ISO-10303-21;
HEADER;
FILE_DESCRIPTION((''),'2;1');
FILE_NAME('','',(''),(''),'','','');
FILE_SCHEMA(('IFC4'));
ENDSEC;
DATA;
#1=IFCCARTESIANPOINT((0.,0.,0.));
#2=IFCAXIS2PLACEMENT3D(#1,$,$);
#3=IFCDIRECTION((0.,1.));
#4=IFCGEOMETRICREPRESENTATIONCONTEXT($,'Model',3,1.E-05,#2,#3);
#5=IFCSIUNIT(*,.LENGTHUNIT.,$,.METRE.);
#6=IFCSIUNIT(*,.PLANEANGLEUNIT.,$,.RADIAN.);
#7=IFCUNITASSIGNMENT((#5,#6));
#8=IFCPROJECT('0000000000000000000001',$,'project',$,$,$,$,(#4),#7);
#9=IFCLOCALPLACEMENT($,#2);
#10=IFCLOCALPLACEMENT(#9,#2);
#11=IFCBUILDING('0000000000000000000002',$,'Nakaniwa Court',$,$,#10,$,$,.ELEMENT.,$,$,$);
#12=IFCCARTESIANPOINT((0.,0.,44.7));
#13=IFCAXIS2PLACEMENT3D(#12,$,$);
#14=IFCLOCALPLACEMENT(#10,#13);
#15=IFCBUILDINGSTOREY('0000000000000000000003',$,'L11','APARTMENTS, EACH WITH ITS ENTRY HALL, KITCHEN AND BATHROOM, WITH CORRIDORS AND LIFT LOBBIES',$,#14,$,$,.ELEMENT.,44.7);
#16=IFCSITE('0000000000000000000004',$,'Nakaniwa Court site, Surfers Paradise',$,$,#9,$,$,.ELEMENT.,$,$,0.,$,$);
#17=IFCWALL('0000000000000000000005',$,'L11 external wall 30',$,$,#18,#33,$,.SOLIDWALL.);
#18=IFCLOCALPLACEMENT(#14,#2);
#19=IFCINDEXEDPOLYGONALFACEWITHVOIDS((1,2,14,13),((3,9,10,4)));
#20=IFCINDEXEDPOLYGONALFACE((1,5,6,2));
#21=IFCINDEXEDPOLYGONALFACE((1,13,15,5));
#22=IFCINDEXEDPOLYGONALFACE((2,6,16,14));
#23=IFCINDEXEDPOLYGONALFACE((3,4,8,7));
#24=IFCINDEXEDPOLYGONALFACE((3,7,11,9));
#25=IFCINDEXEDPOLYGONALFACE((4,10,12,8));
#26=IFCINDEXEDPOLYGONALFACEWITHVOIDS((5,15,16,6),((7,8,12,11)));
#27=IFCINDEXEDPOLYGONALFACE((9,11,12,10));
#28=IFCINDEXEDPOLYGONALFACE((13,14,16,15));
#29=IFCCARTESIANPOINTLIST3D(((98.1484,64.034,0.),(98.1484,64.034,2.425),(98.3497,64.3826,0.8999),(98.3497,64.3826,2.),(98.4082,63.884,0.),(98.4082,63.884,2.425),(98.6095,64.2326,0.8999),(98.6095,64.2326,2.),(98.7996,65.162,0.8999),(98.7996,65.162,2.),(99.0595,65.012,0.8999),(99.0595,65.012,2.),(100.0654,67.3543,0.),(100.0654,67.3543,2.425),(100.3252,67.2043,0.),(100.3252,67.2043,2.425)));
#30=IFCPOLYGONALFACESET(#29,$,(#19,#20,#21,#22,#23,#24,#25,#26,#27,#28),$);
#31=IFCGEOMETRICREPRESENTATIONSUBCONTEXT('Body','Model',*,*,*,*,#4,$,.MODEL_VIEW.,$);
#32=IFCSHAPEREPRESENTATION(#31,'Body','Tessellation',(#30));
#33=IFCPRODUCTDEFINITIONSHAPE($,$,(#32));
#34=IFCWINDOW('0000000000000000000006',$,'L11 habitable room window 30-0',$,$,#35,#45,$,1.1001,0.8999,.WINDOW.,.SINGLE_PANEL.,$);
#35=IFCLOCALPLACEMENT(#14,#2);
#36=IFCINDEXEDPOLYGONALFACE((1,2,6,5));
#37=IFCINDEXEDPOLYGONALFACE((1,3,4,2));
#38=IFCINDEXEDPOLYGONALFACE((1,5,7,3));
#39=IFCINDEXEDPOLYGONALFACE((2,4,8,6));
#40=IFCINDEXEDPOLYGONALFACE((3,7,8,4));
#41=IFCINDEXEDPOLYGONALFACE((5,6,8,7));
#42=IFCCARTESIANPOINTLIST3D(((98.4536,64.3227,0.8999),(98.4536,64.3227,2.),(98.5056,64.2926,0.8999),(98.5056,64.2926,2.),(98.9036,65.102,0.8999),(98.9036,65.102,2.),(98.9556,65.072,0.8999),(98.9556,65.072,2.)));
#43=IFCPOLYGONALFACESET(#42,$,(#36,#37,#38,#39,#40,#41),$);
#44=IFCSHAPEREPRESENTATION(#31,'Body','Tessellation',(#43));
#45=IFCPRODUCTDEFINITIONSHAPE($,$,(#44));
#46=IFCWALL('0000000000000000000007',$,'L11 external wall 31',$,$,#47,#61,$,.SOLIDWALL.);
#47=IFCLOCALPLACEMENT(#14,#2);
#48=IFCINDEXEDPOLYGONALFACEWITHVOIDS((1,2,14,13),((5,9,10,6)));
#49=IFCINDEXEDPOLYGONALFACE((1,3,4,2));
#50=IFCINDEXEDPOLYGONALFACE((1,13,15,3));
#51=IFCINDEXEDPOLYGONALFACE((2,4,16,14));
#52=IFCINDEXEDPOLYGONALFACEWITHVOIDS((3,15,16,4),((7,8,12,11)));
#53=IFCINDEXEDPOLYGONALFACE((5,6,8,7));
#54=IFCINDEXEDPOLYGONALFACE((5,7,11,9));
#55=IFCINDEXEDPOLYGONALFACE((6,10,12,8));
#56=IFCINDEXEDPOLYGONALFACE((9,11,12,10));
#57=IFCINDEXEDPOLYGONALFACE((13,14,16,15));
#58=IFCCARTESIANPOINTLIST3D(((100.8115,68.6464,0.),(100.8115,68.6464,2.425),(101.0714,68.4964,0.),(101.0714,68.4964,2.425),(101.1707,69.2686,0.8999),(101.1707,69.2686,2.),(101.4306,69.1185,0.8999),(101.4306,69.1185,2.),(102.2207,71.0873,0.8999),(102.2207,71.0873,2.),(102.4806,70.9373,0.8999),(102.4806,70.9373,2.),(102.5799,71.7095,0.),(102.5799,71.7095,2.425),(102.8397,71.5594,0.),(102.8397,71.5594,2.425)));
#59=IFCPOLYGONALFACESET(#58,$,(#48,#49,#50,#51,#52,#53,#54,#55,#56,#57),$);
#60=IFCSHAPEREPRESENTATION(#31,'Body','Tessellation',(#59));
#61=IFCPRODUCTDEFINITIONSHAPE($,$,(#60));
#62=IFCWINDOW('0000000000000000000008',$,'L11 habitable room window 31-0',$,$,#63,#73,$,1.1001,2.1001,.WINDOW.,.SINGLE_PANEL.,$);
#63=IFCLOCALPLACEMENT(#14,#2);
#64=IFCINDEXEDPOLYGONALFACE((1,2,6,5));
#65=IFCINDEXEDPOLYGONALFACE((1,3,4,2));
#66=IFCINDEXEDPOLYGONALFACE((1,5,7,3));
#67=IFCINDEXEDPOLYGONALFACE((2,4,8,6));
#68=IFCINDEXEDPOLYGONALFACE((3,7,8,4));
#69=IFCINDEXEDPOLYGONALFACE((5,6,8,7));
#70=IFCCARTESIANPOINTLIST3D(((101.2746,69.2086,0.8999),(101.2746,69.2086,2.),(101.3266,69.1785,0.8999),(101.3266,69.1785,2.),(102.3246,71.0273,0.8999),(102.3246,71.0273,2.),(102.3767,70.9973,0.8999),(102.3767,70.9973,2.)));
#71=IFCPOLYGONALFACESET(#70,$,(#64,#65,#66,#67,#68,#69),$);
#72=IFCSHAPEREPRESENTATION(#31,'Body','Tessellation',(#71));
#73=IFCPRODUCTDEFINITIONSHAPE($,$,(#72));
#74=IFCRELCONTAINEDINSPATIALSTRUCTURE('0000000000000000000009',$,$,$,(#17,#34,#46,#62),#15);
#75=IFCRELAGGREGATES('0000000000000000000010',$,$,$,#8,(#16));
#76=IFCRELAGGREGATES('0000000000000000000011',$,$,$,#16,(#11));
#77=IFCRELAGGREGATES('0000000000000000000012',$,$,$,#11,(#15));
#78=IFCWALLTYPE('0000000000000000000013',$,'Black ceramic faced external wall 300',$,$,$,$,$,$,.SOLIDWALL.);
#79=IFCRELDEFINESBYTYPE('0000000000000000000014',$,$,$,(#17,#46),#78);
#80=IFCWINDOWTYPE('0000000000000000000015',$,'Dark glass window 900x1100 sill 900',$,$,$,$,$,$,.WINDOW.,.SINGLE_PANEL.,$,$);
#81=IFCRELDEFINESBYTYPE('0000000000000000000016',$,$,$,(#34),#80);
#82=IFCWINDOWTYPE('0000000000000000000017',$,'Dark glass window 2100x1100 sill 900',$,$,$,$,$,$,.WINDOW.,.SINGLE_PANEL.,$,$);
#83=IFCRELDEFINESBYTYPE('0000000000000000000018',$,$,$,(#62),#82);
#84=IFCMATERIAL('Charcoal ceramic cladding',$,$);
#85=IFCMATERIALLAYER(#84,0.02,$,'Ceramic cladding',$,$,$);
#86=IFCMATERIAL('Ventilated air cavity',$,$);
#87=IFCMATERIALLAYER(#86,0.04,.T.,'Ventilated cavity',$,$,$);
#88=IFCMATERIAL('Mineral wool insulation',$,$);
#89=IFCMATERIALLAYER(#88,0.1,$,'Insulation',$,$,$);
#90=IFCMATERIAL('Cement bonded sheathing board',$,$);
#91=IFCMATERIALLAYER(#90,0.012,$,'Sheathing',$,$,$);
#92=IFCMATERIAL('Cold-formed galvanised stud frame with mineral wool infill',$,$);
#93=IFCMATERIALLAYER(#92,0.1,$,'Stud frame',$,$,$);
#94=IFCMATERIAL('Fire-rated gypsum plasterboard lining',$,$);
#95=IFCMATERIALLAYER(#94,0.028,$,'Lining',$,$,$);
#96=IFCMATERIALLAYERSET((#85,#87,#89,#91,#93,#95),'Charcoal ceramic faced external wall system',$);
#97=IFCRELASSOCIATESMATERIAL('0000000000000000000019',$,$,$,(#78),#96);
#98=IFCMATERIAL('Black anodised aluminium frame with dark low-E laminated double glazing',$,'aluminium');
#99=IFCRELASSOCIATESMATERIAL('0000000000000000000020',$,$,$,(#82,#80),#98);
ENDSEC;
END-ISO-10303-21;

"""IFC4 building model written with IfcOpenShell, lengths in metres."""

from ifc_helpers import new_model, si_unit, direction, frame, frame_2d, origin, place, context, subcontext, project, spatial, rectangle, extrude, material, layer, layer_set, type_object, element, fill, save


model = new_model("IFC4")

# Units and contexts
model_context = context("Model", 3, precision=1e-05, world=origin(), true_north=direction((0.0, 1.0)))
body_context = subcontext(model_context, "Body", "Model", "MODEL_VIEW")
ifc_project = project(units=[si_unit("LENGTHUNIT", "METRE"), si_unit("PLANEANGLEUNIT", "RADIAN")], contexts=[model_context])

# Site, building, storey
site_placement = place(None, origin())
site = spatial("IfcSite", under=ifc_project, at=site_placement, Name="Nakaniwa Court site, Surfers Paradise", CompositionType="ELEMENT", RefElevation=0.0)
building_placement = place(site_placement, origin())
building = spatial("IfcBuilding", under=site, at=building_placement, Name="Nakaniwa Court", CompositionType="ELEMENT")
storey_placement = place(building_placement, frame((0.0, 0.0, 44.7)))
storey = spatial("IfcBuildingStorey", under=building, at=storey_placement, Name="L11", Description="APARTMENTS, EACH WITH ITS ENTRY HALL, KITCHEN AND BATHROOM, WITH CORRIDORS AND LIFT LOBBIES", CompositionType="ELEMENT", Elevation=44.7)

# Walls, openings, windows
ifc_material_1 = material(Name="Charcoal ceramic cladding")
ifc_layer_1 = layer(ifc_material_1, 0.02, Name="Ceramic cladding")
ifc_material_2 = material(Name="Ventilated air cavity")
ifc_layer_2 = layer(ifc_material_2, 0.04, ventilated=True, Name="Ventilated cavity")
ifc_material_3 = material(Name="Mineral wool insulation")
ifc_layer_3 = layer(ifc_material_3, 0.1, Name="Insulation")
ifc_material_4 = material(Name="Cement bonded sheathing board")
ifc_layer_4 = layer(ifc_material_4, 0.012, Name="Sheathing")
ifc_material_5 = material(Name="Cold-formed galvanised stud frame with mineral wool infill")
ifc_layer_5 = layer(ifc_material_5, 0.1, Name="Stud frame")
ifc_material_6 = material(Name="Fire-rated gypsum plasterboard lining")
ifc_layer_6 = layer(ifc_material_6, 0.028, Name="Lining")
ifc_layer_set_1 = layer_set([ifc_layer_1, ifc_layer_2, ifc_layer_3, ifc_layer_4, ifc_layer_5, ifc_layer_6], Name="Charcoal ceramic faced external wall system")
wall_type_1 = type_object("IfcWallType", Name="Black ceramic faced external wall 300", PredefinedType="SOLIDWALL", material=ifc_layer_set_1)
ifc_material_7 = material(Name="Black anodised aluminium frame with dark low-E laminated double glazing", Category="aluminium")
window_type_1 = type_object("IfcWindowType", Name="Dark glass window 2100x1100 sill 900", PartitioningType="SINGLE_PANEL", PredefinedType="WINDOW", material=ifc_material_7)
wall_1_placement = place(storey_placement, frame((98.2783, 63.959, 0.0), z_axis=(0.0, 0.0, 1.0), x_axis=(0.500002, 0.866024, 0.0)))
wall_1 = element("IfcWall", 1, at=wall_1_placement, inside=storey, type_object=wall_type_1, Name="L11 external wall 30", PredefinedType="SOLIDWALL", context=body_context, shape_type="SweptSolid", body=[
    extrude(rectangle(XDim=3.834, YDim=0.3, at=frame_2d((1.917, 0.0))), origin(), (0.0, 0.0, 1.0), 2.425),
])
opening_1_placement = place(wall_1_placement, frame((0.4026, 0.0, 0.8999)))
opening_1 = element("IfcOpeningElement", 2, at=opening_1_placement, cuts=wall_1, PredefinedType="OPENING", context=body_context, shape_type="SweptSolid", body=[
    extrude(rectangle(XDim=0.8999, YDim=1.1001, at=frame_2d((0.45, 0.55))), frame((0.0, 0.1599, 0.0), z_axis=(0.0, -1.0, 0.0), x_axis=(1.0, 0.0, 0.0)), (0.0, 0.0, 1.0), 0.3201),
])
window_type_2 = type_object("IfcWindowType", Name="Dark glass window 900x1100 sill 900", PartitioningType="SINGLE_PANEL", PredefinedType="WINDOW", material=ifc_material_7)
window_1_placement = place(opening_1_placement, origin())
window_1 = element("IfcWindow", 3, at=window_1_placement, inside=storey, type_object=window_type_2, Name="L11 habitable room window 30-0", OverallHeight=1.1001, OverallWidth=0.8999, PartitioningType="SINGLE_PANEL", PredefinedType="WINDOW", context=body_context, shape_type="SweptSolid", body=[
    extrude(rectangle(XDim=0.8999, YDim=1.1001, at=frame_2d((0.45, 0.55))), frame((0.0, 0.03, 0.0), z_axis=(0.0, -1.0, 0.0), x_axis=(1.0, 0.0, 0.0)), (0.0, 0.0, 1.0), 0.0601),
])
fill(opening_1, window_1)
wall_2_placement = place(storey_placement, frame((100.9414, 68.5713, 0.0), z_axis=(0.0, 0.0, 1.0), x_axis=(0.499977, 0.866038, 0.0)))
wall_2 = element("IfcWall", 4, at=wall_2_placement, inside=storey, type_object=wall_type_1, Name="L11 external wall 31", PredefinedType="SOLIDWALL", context=body_context, shape_type="SweptSolid", body=[
    extrude(rectangle(XDim=3.5369, YDim=0.3, at=frame_2d((1.7686, 0.0))), origin(), (0.0, 0.0, 1.0), 2.425),
])
opening_2_placement = place(wall_2_placement, frame((0.7185, 0.0, 0.8999)))
opening_2 = element("IfcOpeningElement", 5, at=opening_2_placement, cuts=wall_2, PredefinedType="OPENING", context=body_context, shape_type="SweptSolid", body=[
    extrude(rectangle(XDim=2.1001, YDim=1.1001, at=frame_2d((1.05, 0.55))), frame((0.0, 0.1599, 0.0), z_axis=(0.0, -1.0, 0.0), x_axis=(1.0, 0.0, 0.0)), (0.0, 0.0, 1.0), 0.3201),
])
window_2_placement = place(opening_2_placement, origin())
window_2 = element("IfcWindow", 6, at=window_2_placement, inside=storey, type_object=window_type_1, Name="L11 habitable room window 31-0", OverallHeight=1.1001, OverallWidth=2.1001, PartitioningType="SINGLE_PANEL", PredefinedType="WINDOW", context=body_context, shape_type="SweptSolid", body=[
    extrude(rectangle(XDim=2.1001, YDim=1.1001, at=frame_2d((1.05, 0.55))), frame((0.0, 0.03, 0.0), z_axis=(0.0, -1.0, 0.0), x_axis=(1.0, 0.0, 0.0)), (0.0, 0.0, 1.0), 0.0601),
])
fill(opening_2, window_2)

save(model, "model.ifc")
